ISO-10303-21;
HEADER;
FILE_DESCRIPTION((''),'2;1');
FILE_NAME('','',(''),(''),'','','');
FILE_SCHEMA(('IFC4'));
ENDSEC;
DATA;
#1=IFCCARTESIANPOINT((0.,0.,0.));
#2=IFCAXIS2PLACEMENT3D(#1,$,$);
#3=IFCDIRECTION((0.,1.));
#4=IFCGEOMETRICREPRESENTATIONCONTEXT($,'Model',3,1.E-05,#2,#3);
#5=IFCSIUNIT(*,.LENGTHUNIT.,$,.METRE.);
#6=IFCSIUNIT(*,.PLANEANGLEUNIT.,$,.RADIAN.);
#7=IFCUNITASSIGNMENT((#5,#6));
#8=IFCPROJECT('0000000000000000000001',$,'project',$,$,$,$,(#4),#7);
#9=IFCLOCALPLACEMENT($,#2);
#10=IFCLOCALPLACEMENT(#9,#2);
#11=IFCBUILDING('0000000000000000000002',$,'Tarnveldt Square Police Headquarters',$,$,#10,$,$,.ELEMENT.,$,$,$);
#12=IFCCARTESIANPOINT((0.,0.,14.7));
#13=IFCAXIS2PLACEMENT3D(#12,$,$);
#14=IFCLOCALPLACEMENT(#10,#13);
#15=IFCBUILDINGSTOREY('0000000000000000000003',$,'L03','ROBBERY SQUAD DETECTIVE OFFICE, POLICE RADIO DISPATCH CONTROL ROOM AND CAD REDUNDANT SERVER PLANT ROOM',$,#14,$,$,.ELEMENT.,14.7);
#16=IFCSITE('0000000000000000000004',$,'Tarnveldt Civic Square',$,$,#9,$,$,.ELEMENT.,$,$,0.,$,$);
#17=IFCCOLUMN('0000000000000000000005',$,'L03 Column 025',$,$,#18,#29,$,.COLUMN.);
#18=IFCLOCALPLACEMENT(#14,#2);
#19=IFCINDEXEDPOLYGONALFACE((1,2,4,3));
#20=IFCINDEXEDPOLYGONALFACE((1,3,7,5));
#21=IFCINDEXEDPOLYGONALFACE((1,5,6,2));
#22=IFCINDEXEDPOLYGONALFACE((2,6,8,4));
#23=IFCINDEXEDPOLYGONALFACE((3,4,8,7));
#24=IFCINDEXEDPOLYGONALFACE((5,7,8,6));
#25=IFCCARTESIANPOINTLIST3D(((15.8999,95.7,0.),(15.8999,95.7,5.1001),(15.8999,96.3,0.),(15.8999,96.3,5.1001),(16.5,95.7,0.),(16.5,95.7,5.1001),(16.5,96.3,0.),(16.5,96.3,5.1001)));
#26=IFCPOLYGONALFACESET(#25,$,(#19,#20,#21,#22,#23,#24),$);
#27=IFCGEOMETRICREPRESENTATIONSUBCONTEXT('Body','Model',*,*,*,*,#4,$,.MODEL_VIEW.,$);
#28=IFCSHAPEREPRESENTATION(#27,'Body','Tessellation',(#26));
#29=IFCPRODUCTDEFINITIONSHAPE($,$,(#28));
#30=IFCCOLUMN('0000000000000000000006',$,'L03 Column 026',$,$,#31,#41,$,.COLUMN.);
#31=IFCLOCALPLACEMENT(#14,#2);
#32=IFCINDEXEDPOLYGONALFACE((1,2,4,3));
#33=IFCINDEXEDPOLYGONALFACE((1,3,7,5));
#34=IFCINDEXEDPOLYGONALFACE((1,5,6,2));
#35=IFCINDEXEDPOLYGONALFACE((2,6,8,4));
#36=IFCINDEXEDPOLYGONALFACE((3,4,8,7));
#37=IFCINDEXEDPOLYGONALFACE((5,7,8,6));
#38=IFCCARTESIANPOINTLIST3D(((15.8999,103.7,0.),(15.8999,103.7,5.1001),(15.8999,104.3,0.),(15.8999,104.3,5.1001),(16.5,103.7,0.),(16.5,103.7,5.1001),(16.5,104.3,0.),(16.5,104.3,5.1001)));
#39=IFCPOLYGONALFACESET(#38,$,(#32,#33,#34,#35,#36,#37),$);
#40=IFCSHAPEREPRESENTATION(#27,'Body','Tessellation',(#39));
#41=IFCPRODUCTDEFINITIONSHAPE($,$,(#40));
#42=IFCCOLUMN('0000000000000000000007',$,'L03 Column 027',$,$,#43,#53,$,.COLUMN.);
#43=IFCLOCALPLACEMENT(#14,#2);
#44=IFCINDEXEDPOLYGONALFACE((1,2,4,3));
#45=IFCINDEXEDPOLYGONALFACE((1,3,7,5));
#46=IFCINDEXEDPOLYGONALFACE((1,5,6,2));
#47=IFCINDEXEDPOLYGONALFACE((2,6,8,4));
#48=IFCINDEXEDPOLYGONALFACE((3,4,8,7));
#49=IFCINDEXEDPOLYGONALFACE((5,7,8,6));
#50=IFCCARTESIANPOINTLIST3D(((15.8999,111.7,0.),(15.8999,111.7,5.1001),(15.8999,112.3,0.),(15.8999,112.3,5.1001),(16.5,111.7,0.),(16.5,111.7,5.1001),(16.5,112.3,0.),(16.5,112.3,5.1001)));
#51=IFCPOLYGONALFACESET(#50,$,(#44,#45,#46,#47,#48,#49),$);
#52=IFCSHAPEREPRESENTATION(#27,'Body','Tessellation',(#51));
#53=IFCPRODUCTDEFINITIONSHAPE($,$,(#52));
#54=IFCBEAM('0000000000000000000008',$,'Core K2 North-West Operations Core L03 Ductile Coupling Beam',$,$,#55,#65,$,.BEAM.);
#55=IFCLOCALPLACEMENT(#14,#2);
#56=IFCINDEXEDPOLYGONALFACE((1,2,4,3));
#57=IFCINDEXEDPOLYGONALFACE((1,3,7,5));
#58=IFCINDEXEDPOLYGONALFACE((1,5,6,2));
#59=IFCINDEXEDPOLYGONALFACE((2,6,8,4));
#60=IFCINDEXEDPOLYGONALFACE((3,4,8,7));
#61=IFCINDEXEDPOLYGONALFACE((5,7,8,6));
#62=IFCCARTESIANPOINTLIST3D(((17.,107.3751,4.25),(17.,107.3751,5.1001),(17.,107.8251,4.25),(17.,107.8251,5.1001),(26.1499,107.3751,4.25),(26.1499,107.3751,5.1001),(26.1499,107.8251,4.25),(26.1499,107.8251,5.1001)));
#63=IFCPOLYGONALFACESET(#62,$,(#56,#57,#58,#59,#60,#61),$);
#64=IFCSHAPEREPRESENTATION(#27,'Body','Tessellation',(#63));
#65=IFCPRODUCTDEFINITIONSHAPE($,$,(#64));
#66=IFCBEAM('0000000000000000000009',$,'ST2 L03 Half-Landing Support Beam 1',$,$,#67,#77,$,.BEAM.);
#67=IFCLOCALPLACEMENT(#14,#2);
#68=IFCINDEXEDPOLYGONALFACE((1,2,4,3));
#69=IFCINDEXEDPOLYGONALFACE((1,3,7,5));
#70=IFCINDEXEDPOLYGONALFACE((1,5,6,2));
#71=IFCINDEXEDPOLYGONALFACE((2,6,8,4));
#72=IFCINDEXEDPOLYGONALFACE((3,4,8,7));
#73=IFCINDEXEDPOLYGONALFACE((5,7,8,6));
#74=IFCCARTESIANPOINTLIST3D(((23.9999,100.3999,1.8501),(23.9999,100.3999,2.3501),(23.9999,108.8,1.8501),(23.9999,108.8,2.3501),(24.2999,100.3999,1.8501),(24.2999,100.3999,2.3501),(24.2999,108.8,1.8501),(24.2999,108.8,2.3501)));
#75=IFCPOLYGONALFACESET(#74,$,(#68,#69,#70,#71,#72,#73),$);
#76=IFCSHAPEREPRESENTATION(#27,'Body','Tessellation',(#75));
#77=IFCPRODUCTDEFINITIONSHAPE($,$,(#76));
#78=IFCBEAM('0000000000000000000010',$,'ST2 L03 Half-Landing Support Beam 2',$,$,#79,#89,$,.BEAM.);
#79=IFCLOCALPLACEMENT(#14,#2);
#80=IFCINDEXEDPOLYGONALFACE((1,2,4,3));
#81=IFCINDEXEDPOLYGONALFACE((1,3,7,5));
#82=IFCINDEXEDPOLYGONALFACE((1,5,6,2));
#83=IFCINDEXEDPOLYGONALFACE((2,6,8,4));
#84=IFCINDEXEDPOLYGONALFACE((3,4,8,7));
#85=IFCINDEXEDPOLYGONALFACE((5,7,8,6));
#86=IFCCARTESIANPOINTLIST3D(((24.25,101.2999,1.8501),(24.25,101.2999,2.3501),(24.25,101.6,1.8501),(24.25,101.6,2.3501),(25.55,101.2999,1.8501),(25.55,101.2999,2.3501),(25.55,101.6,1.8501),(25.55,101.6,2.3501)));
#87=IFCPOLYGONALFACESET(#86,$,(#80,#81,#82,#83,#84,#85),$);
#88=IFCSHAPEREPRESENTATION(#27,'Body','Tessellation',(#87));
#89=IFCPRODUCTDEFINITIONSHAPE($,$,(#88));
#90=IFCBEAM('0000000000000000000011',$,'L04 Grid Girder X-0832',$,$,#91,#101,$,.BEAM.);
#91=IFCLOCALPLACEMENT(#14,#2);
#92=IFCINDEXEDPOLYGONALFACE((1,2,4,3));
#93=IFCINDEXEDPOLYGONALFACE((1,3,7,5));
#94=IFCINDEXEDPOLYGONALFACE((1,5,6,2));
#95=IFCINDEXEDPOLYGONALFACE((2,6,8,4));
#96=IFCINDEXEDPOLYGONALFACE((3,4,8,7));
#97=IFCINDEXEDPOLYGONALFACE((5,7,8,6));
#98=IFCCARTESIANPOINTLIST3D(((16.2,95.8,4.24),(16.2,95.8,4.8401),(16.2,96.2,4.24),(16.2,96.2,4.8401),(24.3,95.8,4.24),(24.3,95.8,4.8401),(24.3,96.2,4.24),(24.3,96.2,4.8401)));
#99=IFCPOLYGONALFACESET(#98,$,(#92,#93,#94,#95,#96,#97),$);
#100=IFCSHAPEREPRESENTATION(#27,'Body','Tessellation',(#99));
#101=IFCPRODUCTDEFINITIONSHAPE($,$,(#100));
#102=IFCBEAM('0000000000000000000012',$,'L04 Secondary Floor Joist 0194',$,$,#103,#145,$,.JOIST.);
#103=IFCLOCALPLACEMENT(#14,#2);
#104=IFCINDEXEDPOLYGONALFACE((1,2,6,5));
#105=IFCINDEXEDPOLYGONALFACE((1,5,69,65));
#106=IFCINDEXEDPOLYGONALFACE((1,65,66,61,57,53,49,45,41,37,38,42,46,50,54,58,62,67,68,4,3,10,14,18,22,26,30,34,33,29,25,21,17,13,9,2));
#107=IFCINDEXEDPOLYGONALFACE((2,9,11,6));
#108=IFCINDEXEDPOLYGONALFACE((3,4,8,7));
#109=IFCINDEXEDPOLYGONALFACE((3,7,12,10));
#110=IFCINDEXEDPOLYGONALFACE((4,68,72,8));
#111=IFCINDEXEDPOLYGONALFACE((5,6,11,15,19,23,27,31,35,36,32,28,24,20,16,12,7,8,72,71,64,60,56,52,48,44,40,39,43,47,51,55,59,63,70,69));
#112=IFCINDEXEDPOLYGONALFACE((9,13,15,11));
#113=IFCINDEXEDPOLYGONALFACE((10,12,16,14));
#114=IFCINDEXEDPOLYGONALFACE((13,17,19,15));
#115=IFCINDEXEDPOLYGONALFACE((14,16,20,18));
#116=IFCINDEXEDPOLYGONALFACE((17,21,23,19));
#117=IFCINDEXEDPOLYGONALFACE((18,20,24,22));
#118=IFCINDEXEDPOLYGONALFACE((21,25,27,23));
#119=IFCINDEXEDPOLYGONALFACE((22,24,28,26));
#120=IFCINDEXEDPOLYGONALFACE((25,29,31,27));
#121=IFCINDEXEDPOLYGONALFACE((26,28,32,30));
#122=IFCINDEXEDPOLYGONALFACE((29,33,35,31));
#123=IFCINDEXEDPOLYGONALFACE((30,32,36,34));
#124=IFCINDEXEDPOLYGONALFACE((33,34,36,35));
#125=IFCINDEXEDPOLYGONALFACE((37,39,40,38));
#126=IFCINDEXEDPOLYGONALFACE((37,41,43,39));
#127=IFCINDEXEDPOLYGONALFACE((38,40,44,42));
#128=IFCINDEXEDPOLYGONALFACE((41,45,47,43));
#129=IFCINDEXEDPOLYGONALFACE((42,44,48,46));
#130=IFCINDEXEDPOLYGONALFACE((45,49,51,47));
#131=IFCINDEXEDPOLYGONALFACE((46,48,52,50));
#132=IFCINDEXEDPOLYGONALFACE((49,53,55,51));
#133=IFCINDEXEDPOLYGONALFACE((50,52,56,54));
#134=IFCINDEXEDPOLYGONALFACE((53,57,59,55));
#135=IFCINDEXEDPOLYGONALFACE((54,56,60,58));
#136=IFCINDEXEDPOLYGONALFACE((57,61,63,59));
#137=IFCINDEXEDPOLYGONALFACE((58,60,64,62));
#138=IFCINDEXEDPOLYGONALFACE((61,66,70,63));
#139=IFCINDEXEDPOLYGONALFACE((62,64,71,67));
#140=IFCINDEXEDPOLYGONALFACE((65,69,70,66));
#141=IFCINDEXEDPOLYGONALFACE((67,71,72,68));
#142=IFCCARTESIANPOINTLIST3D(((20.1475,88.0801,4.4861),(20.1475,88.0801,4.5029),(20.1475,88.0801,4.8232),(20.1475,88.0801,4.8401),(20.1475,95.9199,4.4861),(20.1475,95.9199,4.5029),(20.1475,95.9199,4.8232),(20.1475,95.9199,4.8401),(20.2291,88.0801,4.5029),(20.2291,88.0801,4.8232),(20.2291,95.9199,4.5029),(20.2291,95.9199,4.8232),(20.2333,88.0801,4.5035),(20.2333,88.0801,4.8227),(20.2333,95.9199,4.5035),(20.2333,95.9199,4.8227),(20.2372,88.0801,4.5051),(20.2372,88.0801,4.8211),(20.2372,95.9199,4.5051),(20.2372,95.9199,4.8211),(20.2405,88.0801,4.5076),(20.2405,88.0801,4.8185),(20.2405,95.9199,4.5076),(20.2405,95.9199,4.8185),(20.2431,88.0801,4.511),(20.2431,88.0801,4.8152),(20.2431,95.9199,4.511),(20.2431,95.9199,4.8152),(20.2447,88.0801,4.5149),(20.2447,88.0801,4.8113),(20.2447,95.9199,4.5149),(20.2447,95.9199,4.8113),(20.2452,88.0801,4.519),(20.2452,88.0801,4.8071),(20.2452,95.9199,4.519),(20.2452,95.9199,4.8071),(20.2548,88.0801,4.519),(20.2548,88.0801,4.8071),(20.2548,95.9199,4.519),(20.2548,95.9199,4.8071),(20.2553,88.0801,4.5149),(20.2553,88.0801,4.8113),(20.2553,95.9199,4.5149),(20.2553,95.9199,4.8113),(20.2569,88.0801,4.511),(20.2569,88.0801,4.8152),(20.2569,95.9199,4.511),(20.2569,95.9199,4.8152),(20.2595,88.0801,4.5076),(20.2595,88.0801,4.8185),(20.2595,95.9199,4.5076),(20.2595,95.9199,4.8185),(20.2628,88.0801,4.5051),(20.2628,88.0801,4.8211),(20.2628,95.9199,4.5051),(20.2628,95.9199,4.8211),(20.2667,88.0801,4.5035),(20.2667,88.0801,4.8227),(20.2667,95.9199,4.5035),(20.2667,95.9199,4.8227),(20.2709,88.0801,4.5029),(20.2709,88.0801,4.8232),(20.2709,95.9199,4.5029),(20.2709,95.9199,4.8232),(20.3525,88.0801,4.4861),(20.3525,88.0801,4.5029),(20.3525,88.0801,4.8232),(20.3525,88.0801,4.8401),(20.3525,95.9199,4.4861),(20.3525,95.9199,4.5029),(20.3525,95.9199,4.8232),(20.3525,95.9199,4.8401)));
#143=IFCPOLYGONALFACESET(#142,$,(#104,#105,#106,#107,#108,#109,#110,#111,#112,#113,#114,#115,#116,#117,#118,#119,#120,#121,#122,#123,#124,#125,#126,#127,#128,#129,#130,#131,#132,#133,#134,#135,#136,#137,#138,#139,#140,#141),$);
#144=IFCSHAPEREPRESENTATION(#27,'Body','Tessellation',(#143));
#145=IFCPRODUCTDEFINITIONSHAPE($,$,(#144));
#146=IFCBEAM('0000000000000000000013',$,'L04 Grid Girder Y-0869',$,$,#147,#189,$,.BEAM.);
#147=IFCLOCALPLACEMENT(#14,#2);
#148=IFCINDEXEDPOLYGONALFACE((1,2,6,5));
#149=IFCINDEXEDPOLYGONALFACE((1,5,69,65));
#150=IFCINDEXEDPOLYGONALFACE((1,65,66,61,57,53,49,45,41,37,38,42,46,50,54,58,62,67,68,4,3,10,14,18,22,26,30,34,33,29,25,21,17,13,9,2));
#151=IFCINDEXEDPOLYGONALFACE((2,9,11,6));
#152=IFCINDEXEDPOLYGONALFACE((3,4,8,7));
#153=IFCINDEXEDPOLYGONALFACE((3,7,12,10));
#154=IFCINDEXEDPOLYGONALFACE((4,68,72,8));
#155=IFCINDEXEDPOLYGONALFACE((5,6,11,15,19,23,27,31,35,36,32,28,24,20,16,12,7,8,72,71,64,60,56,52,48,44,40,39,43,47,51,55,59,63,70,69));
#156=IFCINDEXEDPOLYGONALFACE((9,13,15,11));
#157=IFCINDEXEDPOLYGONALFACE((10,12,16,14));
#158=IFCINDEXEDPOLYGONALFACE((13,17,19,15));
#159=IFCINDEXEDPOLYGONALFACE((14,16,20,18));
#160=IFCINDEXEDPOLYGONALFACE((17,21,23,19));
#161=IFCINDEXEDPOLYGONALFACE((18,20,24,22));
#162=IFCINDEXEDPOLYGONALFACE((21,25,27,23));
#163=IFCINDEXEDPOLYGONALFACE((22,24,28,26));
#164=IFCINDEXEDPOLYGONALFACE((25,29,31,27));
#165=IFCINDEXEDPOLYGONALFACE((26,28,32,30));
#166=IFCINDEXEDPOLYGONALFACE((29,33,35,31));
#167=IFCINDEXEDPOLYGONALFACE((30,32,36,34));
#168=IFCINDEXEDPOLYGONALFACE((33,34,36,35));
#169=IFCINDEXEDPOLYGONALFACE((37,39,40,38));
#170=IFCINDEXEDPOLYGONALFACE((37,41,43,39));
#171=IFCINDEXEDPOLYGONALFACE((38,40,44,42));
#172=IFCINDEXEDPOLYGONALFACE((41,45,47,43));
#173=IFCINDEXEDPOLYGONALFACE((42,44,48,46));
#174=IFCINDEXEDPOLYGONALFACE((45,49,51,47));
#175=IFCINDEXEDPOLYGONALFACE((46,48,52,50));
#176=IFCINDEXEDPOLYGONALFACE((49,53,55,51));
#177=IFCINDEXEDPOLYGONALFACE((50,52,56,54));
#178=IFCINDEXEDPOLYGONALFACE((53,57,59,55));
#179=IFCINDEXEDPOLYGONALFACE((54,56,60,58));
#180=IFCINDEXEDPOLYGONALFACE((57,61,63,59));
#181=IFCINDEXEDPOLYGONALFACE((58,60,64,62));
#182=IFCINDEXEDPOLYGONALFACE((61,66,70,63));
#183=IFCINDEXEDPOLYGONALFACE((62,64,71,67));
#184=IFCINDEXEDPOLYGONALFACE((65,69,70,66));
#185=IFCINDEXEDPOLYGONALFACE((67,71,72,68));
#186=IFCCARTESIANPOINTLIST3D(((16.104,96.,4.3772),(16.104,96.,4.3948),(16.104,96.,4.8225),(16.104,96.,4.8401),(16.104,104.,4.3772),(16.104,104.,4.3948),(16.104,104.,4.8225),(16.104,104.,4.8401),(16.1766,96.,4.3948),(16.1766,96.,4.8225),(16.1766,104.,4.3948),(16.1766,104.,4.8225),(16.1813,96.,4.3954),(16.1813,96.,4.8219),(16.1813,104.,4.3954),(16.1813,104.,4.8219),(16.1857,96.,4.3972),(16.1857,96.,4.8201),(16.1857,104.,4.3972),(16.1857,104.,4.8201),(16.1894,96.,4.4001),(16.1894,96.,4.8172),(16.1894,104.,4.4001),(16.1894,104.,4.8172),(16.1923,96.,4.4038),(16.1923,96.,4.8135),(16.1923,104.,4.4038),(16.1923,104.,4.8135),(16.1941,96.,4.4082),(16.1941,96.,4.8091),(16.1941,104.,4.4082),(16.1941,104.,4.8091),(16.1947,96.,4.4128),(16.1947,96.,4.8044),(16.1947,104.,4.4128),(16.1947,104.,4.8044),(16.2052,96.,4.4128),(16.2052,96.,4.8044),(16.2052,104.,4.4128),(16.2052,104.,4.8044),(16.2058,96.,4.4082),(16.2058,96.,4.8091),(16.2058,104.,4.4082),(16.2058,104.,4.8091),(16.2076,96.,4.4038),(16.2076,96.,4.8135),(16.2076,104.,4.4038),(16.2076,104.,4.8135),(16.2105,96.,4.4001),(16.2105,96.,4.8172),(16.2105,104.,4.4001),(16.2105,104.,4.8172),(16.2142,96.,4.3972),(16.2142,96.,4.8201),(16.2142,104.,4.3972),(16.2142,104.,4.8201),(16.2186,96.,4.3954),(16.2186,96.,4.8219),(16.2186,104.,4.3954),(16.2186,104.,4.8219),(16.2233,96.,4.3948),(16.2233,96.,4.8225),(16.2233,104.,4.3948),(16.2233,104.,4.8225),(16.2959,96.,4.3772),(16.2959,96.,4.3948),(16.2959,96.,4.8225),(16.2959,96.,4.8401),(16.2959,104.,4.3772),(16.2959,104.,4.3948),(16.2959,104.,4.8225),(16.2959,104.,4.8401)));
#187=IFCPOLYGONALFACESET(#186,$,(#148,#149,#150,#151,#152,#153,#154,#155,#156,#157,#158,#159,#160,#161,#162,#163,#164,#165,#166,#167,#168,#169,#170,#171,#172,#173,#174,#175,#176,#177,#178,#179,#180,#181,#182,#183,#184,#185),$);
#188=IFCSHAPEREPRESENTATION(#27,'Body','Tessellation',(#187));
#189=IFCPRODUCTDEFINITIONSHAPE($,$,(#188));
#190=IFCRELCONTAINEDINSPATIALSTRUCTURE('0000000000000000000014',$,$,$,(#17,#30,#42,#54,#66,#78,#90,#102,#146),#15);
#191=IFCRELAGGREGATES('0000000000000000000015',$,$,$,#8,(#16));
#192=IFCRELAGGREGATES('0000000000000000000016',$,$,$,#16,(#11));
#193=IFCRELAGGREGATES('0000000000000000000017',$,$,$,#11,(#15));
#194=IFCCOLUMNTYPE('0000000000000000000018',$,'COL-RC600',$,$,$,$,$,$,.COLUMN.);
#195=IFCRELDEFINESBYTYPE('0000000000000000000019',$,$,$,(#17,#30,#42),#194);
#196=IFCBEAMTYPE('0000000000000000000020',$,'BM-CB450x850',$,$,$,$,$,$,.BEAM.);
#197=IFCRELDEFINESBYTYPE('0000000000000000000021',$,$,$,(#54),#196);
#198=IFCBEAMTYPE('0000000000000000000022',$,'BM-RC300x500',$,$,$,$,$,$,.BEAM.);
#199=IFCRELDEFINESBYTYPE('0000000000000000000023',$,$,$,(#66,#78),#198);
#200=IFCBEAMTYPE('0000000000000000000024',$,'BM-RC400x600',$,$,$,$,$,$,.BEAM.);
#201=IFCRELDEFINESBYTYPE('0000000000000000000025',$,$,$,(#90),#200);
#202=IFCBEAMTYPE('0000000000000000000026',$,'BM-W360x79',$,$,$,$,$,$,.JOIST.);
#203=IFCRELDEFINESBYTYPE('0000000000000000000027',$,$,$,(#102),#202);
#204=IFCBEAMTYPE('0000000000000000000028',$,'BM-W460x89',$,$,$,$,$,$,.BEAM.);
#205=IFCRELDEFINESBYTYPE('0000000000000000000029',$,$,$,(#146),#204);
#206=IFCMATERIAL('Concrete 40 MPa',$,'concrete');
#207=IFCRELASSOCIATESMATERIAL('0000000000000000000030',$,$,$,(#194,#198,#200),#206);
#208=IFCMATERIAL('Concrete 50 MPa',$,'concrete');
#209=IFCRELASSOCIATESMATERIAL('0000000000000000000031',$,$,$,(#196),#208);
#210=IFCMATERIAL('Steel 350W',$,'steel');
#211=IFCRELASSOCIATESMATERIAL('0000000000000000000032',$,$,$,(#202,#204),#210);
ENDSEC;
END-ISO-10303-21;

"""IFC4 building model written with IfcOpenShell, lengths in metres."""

from ifc_helpers import new_model, si_unit, direction, frame, origin, origin_2d, place, context, subcontext, project, spatial, rectangle, i_section, extrude, material, material_profile, profile_set, type_object, element, save


model = new_model("IFC4")

# Units and contexts
model_context = context("Model", 3, precision=1e-05, world=origin(), true_north=direction((0.0, 1.0)))
body_context = subcontext(model_context, "Body", "Model", "MODEL_VIEW")
ifc_project = project(units=[si_unit("LENGTHUNIT", "METRE"), si_unit("PLANEANGLEUNIT", "RADIAN")], contexts=[model_context])

# Site, building, storey
site_placement = place(None, origin())
site = spatial("IfcSite", under=ifc_project, at=site_placement, Name="Tarnveldt Civic Square", CompositionType="ELEMENT", RefElevation=0.0)
building_placement = place(site_placement, origin())
building = spatial("IfcBuilding", under=site, at=building_placement, Name="Tarnveldt Square Police Headquarters", CompositionType="ELEMENT")
storey_placement = place(building_placement, frame((0.0, 0.0, 14.7)))
storey = spatial("IfcBuildingStorey", under=building, at=storey_placement, Name="L03", Description="ROBBERY SQUAD DETECTIVE OFFICE, POLICE RADIO DISPATCH CONTROL ROOM AND CAD REDUNDANT SERVER PLANT ROOM", CompositionType="ELEMENT", Elevation=14.7)

# Columns
ifc_material_1 = material(Name="Concrete 40 MPa", Category="concrete")
ifc_material_profile_1 = material_profile(ifc_material_1, rectangle(XDim=0.6001, YDim=0.6001, at=origin_2d()), Name="RC-C600x600")
ifc_profile_set_1 = profile_set([ifc_material_profile_1], Name="Concrete 40 MPa")
column_type = type_object("IfcColumnType", Name="COL-RC600", PredefinedType="COLUMN", material=ifc_profile_set_1)
for number, where, z_axis, x_axis, name in (
    (1, (16.2, 96.0, 0.0), (0.0, 0.0, 1.0), (1.0, 0.0, 0.0), "L03 Column 025"),
    (2, (16.2, 104.0, 0.0), (0.0, 0.0, 1.0), (1.0, 0.0, 0.0), "L03 Column 026"),
    (3, (16.2, 112.0, 0.0), (0.0, 0.0, 1.0), (1.0, 0.0, 0.0), "L03 Column 027"),
):
    element("IfcColumn", number, at=place(storey_placement, frame(where, z_axis=z_axis, x_axis=x_axis)), inside=storey, type_object=column_type, Name=name, PredefinedType="COLUMN", context=body_context, shape_type="SweptSolid", body=[
        extrude(rectangle(XDim=0.6001, YDim=0.6001, at=origin_2d()), origin(), (0.0, 0.0, 1.0), 5.1001),
    ])

# Beams
ifc_material_2 = material(Name="Concrete 50 MPa", Category="concrete")
ifc_material_profile_2 = material_profile(ifc_material_2, rectangle(XDim=0.45, YDim=0.8501, at=origin_2d()), Name="RC-CB450x850")
ifc_profile_set_2 = profile_set([ifc_material_profile_2], Name="Concrete 50 MPa")
beam_type_1 = type_object("IfcBeamType", Name="BM-CB450x850", PredefinedType="BEAM", material=ifc_profile_set_2)
beam_1_placement = place(storey_placement, frame((17.0, 107.6001, 4.675), z_axis=(1.0, 0.0, 0.0), x_axis=(0.0, 1.0, 0.0)))
element("IfcBeam", 4, at=beam_1_placement, inside=storey, type_object=beam_type_1, Name="Core K2 North-West Operations Core L03 Ductile Coupling Beam", PredefinedType="BEAM", context=body_context, shape_type="SweptSolid", body=[
    extrude(rectangle(XDim=0.45, YDim=0.8501, at=origin_2d()), origin(), (0.0, 0.0, 1.0), 9.1499),
])
ifc_material_profile_3 = material_profile(ifc_material_1, rectangle(XDim=0.3, YDim=0.5, at=origin_2d()), Name="RC-B300x500")
ifc_profile_set_3 = profile_set([ifc_material_profile_3], Name="Concrete 40 MPa")
beam_type_2 = type_object("IfcBeamType", Name="BM-RC300x500", PredefinedType="BEAM", material=ifc_profile_set_3)
beam_2_placement = place(storey_placement, frame((24.1499, 100.3999, 2.1001), z_axis=(0.0, 1.0, 0.0), x_axis=(-1.0, 0.0, 0.0)))
element("IfcBeam", 5, at=beam_2_placement, inside=storey, type_object=beam_type_2, Name="ST2 L03 Half-Landing Support Beam 1", PredefinedType="BEAM", context=body_context, shape_type="SweptSolid", body=[
    extrude(rectangle(XDim=0.3, YDim=0.5, at=origin_2d()), origin(), (0.0, 0.0, 1.0), 8.4001),
])
beam_3_placement = place(storey_placement, frame((24.25, 101.45, 2.1001), z_axis=(1.0, 0.0, 0.0), x_axis=(0.0, 1.0, 0.0)))
element("IfcBeam", 6, at=beam_3_placement, inside=storey, type_object=beam_type_2, Name="ST2 L03 Half-Landing Support Beam 2", PredefinedType="BEAM", context=body_context, shape_type="SweptSolid", body=[
    extrude(rectangle(XDim=0.3, YDim=0.5, at=origin_2d()), origin(), (0.0, 0.0, 1.0), 1.3),
])
ifc_material_profile_4 = material_profile(ifc_material_1, rectangle(XDim=0.3999, YDim=0.6001, at=origin_2d()), Name="RC-B400x600")
ifc_profile_set_4 = profile_set([ifc_material_profile_4], Name="Concrete 40 MPa")
beam_type_3 = type_object("IfcBeamType", Name="BM-RC400x600", PredefinedType="BEAM", material=ifc_profile_set_4)
beam_4_placement = place(storey_placement, frame((16.2, 96.0, 4.54), z_axis=(1.0, 0.0, 0.0), x_axis=(0.0, 1.0, 0.0)))
element("IfcBeam", 7, at=beam_4_placement, inside=storey, type_object=beam_type_3, Name="L04 Grid Girder X-0832", PredefinedType="BEAM", context=body_context, shape_type="SweptSolid", body=[
    extrude(rectangle(XDim=0.3999, YDim=0.6001, at=origin_2d()), origin(), (0.0, 0.0, 1.0), 8.1001),
])
ifc_material_3 = material(Name="Steel 350W", Category="steel")
ifc_material_profile_5 = material_profile(ifc_material_3, i_section(OverallWidth=0.2051, OverallDepth=0.354, WebThickness=0.0095, FlangeThickness=0.0168, FilletRadius=0.0161, at=origin_2d()), Name="W360x79")
ifc_profile_set_5 = profile_set([ifc_material_profile_5], Name="Steel 350W")
beam_type_4 = type_object("IfcBeamType", Name="BM-W360x79", PredefinedType="JOIST", material=ifc_profile_set_5)
beam_5_placement = place(storey_placement, frame((20.25, 88.0801, 4.6631), z_axis=(0.0, 1.0, 0.0), x_axis=(-1.0, 0.0, 0.0)))
element("IfcBeam", 8, at=beam_5_placement, inside=storey, type_object=beam_type_4, Name="L04 Secondary Floor Joist 0194", PredefinedType="JOIST", context=body_context, shape_type="SweptSolid", body=[
    extrude(i_section(OverallWidth=0.2051, OverallDepth=0.354, WebThickness=0.0095, FlangeThickness=0.0168, FilletRadius=0.0161, at=origin_2d()), origin(), (0.0, 0.0, 1.0), 7.8398),
])
ifc_material_profile_6 = material_profile(ifc_material_3, i_section(OverallWidth=0.1919, OverallDepth=0.4629, WebThickness=0.0105, FlangeThickness=0.0176, FilletRadius=0.0181, at=origin_2d()), Name="W460x89")
ifc_profile_set_6 = profile_set([ifc_material_profile_6], Name="Steel 350W")
beam_type_5 = type_object("IfcBeamType", Name="BM-W460x89", PredefinedType="BEAM", material=ifc_profile_set_6)
for number, where, z_axis, x_axis, name in (
    (9, (16.2, 96.0, 4.6086), (0.0, 1.0, 0.0), (-1.0, 0.0, 0.0), "L04 Grid Girder Y-0869"),
):
    element("IfcBeam", number, at=place(storey_placement, frame(where, z_axis=z_axis, x_axis=x_axis)), inside=storey, type_object=beam_type_5, Name=name, PredefinedType="BEAM", context=body_context, shape_type="SweptSolid", body=[
        extrude(i_section(OverallWidth=0.1919, OverallDepth=0.4629, WebThickness=0.0105, FlangeThickness=0.0176, FilletRadius=0.0181, at=origin_2d()), origin(), (0.0, 0.0, 1.0), 8.0),
    ])

save(model, "model.ifc")
